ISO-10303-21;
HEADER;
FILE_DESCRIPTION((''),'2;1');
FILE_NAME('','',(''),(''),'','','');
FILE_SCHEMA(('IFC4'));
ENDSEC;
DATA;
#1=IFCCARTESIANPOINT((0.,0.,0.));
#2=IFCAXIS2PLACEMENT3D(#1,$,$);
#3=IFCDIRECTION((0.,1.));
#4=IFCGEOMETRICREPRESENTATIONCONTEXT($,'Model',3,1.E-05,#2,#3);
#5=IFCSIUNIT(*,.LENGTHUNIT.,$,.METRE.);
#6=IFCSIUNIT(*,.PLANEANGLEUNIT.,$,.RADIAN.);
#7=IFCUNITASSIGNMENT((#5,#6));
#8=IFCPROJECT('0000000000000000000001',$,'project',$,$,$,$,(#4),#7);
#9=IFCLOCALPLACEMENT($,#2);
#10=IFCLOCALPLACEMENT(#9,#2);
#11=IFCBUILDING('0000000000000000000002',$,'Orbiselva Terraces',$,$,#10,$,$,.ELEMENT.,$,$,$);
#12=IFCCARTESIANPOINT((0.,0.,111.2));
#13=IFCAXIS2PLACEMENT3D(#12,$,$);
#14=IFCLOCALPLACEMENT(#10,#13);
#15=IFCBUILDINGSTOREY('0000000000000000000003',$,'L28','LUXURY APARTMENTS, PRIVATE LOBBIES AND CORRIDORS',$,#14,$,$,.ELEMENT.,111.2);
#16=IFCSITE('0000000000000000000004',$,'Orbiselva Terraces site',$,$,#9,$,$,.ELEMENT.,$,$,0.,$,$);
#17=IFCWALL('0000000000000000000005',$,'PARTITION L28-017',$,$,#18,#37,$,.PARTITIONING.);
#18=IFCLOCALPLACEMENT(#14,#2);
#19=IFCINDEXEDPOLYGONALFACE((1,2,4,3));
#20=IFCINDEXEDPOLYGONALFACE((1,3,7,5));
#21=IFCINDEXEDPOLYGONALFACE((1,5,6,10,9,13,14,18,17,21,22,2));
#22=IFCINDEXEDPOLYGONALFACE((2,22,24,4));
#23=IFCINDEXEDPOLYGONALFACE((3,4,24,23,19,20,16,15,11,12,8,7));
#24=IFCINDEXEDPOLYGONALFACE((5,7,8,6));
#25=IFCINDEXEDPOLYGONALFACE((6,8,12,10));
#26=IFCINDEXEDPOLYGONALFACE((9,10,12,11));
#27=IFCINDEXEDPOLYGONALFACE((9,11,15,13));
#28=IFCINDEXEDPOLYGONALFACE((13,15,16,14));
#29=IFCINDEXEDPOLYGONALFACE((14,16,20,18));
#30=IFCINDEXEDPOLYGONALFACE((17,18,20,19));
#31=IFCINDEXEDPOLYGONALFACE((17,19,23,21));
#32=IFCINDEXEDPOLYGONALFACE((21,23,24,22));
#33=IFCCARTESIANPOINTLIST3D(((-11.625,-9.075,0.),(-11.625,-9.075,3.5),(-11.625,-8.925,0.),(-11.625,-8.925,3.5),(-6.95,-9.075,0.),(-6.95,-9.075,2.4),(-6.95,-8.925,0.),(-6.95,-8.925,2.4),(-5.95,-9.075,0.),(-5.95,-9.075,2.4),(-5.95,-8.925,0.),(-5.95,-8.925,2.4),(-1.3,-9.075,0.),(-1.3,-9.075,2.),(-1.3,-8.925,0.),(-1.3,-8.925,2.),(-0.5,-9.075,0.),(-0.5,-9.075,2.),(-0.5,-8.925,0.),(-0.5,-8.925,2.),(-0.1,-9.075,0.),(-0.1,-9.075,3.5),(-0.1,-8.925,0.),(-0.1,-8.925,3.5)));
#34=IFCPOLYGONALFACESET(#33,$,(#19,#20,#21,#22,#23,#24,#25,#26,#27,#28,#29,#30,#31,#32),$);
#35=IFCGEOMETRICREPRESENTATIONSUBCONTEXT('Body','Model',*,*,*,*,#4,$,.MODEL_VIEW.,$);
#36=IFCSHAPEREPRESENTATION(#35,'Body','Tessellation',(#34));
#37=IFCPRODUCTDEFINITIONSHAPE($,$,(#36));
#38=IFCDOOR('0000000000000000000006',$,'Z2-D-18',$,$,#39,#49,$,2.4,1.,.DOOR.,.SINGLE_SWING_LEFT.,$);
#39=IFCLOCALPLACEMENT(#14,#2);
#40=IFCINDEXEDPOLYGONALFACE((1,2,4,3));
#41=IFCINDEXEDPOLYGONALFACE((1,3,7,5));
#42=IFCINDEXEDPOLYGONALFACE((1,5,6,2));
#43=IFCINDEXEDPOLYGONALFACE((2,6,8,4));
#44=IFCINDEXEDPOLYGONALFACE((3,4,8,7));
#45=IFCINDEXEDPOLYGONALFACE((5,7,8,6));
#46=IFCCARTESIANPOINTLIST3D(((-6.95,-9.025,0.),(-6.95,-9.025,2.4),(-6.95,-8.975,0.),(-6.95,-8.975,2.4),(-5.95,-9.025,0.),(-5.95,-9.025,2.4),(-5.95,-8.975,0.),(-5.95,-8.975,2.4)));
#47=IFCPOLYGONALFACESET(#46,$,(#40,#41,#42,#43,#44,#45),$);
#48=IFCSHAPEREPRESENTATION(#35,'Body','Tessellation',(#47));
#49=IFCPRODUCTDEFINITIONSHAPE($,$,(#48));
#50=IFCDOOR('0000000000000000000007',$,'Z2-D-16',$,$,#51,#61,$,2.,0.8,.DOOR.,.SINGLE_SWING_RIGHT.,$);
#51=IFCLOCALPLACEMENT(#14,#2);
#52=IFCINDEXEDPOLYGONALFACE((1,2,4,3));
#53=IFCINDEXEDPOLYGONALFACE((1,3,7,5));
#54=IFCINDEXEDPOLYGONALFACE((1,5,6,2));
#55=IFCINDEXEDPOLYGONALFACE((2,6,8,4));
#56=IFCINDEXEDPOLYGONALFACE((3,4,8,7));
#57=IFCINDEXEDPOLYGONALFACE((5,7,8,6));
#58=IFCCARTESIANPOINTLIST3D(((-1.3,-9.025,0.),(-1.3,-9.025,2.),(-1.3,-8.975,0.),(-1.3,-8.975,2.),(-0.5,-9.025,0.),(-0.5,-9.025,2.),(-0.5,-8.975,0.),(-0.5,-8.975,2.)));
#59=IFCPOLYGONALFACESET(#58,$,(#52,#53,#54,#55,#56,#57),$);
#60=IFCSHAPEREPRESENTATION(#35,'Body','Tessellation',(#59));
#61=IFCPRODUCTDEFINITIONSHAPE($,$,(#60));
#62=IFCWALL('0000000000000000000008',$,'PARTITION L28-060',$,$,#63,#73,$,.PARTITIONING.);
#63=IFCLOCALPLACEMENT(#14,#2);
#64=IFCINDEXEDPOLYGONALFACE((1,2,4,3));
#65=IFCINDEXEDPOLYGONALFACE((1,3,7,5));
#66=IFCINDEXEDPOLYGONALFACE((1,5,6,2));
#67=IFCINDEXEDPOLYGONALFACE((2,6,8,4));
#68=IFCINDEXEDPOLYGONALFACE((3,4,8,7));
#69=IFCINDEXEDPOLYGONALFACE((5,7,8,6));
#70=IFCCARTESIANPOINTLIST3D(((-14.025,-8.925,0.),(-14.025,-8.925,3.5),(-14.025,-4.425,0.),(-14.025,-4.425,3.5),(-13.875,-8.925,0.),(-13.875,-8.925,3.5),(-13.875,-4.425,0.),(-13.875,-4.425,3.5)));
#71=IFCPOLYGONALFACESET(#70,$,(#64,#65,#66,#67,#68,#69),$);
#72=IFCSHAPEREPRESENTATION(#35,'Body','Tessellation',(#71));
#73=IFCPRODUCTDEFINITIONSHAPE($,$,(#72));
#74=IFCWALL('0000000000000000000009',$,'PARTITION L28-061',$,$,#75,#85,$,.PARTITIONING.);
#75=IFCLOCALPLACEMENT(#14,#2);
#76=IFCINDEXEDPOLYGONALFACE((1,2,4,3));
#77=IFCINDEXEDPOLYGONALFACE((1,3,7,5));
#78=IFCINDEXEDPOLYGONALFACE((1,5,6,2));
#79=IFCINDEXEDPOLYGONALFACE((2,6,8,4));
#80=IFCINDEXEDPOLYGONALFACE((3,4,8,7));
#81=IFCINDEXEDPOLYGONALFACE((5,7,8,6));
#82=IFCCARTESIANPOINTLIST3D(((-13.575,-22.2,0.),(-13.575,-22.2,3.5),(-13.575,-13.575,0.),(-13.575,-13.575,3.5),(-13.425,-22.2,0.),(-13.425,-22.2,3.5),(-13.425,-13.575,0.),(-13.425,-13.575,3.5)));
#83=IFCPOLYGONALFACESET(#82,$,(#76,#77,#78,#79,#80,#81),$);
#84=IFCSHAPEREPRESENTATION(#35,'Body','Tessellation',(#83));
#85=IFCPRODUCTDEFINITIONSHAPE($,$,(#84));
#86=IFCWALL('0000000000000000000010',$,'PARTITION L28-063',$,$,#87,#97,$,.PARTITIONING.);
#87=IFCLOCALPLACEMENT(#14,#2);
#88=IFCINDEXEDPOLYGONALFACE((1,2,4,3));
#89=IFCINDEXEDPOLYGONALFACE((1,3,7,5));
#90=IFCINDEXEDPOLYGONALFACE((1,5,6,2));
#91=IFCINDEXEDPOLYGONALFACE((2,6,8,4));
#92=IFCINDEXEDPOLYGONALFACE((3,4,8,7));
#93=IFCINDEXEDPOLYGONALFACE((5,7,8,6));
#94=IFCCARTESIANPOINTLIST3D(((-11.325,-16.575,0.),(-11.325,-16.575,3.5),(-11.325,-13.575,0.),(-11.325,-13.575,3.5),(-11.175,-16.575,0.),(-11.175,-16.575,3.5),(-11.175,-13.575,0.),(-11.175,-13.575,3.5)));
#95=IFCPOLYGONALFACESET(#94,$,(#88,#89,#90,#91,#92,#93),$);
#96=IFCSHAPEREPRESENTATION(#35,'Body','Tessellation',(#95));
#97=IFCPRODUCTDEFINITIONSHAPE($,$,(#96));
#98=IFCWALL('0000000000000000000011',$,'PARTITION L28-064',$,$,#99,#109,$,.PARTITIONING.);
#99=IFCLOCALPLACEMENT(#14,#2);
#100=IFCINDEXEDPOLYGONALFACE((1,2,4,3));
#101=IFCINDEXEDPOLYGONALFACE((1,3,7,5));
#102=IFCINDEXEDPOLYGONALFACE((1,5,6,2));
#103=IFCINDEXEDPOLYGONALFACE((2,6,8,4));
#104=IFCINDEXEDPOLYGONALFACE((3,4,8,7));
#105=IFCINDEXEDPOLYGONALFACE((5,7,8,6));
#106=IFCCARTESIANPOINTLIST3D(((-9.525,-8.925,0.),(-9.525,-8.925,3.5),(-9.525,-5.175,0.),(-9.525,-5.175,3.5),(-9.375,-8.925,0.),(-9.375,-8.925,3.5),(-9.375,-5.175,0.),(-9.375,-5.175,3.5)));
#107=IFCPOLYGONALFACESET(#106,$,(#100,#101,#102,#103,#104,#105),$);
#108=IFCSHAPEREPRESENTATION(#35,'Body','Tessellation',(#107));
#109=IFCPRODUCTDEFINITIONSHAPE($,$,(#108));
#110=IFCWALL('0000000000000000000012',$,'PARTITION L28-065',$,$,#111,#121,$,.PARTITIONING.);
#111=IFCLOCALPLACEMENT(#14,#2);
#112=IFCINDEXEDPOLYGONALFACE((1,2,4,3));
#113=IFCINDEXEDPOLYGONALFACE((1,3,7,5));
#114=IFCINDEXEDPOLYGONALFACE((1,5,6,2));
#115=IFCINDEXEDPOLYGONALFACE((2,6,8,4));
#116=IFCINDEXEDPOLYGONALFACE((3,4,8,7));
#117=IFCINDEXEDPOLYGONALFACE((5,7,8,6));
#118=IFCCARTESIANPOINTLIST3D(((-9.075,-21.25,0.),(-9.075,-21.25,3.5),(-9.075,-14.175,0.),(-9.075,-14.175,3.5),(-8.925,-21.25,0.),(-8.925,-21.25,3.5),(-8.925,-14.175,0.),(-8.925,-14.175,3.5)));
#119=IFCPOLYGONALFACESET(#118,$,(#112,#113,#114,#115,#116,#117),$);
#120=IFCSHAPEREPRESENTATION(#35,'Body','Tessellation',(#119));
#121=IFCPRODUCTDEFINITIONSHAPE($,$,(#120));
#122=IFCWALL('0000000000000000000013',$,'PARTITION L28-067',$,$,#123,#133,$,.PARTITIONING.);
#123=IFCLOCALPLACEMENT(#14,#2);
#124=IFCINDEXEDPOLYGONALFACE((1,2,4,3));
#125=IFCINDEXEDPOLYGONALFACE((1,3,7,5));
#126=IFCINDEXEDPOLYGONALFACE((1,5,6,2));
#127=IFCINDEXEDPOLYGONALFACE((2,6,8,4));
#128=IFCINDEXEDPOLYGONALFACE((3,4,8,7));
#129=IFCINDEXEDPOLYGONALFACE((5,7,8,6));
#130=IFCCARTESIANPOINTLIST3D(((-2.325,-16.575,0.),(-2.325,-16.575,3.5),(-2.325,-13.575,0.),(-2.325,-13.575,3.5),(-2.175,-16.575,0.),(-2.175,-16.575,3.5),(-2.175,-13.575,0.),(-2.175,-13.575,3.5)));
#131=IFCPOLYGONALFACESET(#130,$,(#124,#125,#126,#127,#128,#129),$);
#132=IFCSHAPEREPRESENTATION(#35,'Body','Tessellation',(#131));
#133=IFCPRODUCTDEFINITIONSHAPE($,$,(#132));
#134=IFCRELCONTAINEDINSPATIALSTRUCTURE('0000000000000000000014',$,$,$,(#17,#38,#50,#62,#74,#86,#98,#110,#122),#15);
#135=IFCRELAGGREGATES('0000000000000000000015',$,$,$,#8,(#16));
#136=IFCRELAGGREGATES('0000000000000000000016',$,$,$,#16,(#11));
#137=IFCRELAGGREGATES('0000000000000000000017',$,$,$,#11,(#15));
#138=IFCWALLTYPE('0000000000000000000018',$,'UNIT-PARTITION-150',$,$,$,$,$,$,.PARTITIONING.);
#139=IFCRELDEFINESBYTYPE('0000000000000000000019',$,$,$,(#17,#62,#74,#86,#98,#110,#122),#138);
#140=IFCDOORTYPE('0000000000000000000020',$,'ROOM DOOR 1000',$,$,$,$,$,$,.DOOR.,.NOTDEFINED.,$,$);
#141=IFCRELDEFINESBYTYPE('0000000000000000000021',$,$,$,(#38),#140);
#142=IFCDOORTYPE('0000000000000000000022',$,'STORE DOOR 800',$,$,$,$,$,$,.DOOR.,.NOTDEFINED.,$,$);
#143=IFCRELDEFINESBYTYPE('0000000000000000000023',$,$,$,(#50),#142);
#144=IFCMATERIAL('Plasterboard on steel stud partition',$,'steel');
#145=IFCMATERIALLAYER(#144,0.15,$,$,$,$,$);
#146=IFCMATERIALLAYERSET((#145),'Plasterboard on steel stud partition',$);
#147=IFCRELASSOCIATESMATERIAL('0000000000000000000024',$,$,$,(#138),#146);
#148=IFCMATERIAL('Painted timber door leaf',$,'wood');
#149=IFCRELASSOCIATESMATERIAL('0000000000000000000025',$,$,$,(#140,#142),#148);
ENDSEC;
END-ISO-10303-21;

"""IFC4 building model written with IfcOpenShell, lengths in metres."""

from ifc_helpers import new_model, si_unit, direction, frame, frame_2d, origin, place, context, subcontext, project, spatial, rectangle, extrude, material, layer, layer_set, type_object, element, fill, save


model = new_model("IFC4")

# Units and contexts
model_context = context("Model", 3, precision=1e-05, world=origin(), true_north=direction((0.0, 1.0)))
body_context = subcontext(model_context, "Body", "Model", "MODEL_VIEW")
ifc_project = project(units=[si_unit("LENGTHUNIT", "METRE"), si_unit("PLANEANGLEUNIT", "RADIAN")], contexts=[model_context])

# Site, building, storey
site_placement = place(None, origin())
site = spatial("IfcSite", under=ifc_project, at=site_placement, Name="Orbiselva Terraces site", CompositionType="ELEMENT", RefElevation=0.0)
building_placement = place(site_placement, origin())
building = spatial("IfcBuilding", under=site, at=building_placement, Name="Orbiselva Terraces", CompositionType="ELEMENT")
storey_placement = place(building_placement, frame((0.0, 0.0, 111.2)))
storey = spatial("IfcBuildingStorey", under=building, at=storey_placement, Name="L28", Description="LUXURY APARTMENTS, PRIVATE LOBBIES AND CORRIDORS", CompositionType="ELEMENT", Elevation=111.2)

# Shared definitions
ifc_material_1 = material(Name="Plasterboard on steel stud partition", Category="steel")
ifc_layer_1 = layer(ifc_material_1, 0.15)
ifc_layer_set_1 = layer_set([ifc_layer_1], Name="Plasterboard on steel stud partition")
wall_type_1 = type_object("IfcWallType", Name="UNIT-PARTITION-150", PredefinedType="PARTITIONING", material=ifc_layer_set_1)
ifc_material_2 = material(Name="Painted timber door leaf", Category="wood")

# Shared definitions
door_type_1 = type_object("IfcDoorType", Name="ROOM DOOR 1000", OperationType="NOTDEFINED", PredefinedType="DOOR", material=ifc_material_2)

# Wall, openings, doors
wall_1_placement = place(storey_placement, frame((-11.625, -9.0, 0.0), z_axis=(0.0, 0.0, 1.0), x_axis=(1.0, 0.0, 0.0)))
wall_1 = element("IfcWall", 1, at=wall_1_placement, inside=storey, type_object=wall_type_1, Name="PARTITION L28-017", PredefinedType="PARTITIONING", context=body_context, shape_type="SweptSolid", body=[
    extrude(rectangle(XDim=11.525, YDim=0.15, at=frame_2d((5.7625, 0.0))), origin(), (0.0, 0.0, 1.0), 3.5),
])
opening_1_placement = place(wall_1_placement, frame((10.325, 0.0, 0.0)))
opening_1 = element("IfcOpeningElement", 2, at=opening_1_placement, cuts=wall_1, PredefinedType="OPENING", context=body_context, shape_type="SweptSolid", body=[
    extrude(rectangle(XDim=0.8, YDim=2.0, at=frame_2d((0.4, 1.0))), frame((0.0, 0.085, 0.0), z_axis=(0.0, -1.0, 0.0), x_axis=(1.0, 0.0, 0.0)), (0.0, 0.0, 1.0), 0.17),
])
opening_2_placement = place(wall_1_placement, frame((4.675, 0.0, 0.0)))
opening_2 = element("IfcOpeningElement", 3, at=opening_2_placement, cuts=wall_1, PredefinedType="OPENING", context=body_context, shape_type="SweptSolid", body=[
    extrude(rectangle(XDim=1.0, YDim=2.4, at=frame_2d((0.5, 1.2))), frame((0.0, 0.085, 0.0), z_axis=(0.0, -1.0, 0.0), x_axis=(1.0, 0.0, 0.0)), (0.0, 0.0, 1.0), 0.17),
])
door_1_placement = place(opening_2_placement, origin())
door_1 = element("IfcDoor", 4, at=door_1_placement, inside=storey, type_object=door_type_1, Name="Z2-D-18", OperationType="SINGLE_SWING_LEFT", OverallHeight=2.4, OverallWidth=1.0, PredefinedType="DOOR", context=body_context, shape_type="SweptSolid", body=[
    extrude(rectangle(XDim=1.0, YDim=2.4, at=frame_2d((0.5, 1.2))), frame((0.0, 0.025, 0.0), z_axis=(0.0, -1.0, 0.0), x_axis=(1.0, 0.0, 0.0)), (0.0, 0.0, 1.0), 0.05),
])
fill(opening_2, door_1)
door_type_2 = type_object("IfcDoorType", Name="STORE DOOR 800", OperationType="NOTDEFINED", PredefinedType="DOOR", material=ifc_material_2)
door_2_placement = place(opening_1_placement, origin())
door_2 = element("IfcDoor", 5, at=door_2_placement, inside=storey, type_object=door_type_2, Name="Z2-D-16", OperationType="SINGLE_SWING_RIGHT", OverallHeight=2.0, OverallWidth=0.8, PredefinedType="DOOR", context=body_context, shape_type="SweptSolid", body=[
    extrude(rectangle(XDim=0.8, YDim=2.0, at=frame_2d((0.4, 1.0))), frame((0.0, 0.025, 0.0), z_axis=(0.0, -1.0, 0.0), x_axis=(1.0, 0.0, 0.0)), (0.0, 0.0, 1.0), 0.05),
])
fill(opening_1, door_2)

# Walls
wall_2_placement = place(storey_placement, frame((-13.95, -8.925, 0.0), z_axis=(0.0, 0.0, 1.0), x_axis=(0.0, 1.0, 0.0)))
element("IfcWall", 6, at=wall_2_placement, inside=storey, type_object=wall_type_1, Name="PARTITION L28-060", PredefinedType="PARTITIONING", context=body_context, shape_type="SweptSolid", body=[
    extrude(rectangle(XDim=4.5, YDim=0.15, at=frame_2d((2.25, 0.0))), origin(), (0.0, 0.0, 1.0), 3.5),
])
wall_3_placement = place(storey_placement, frame((-13.5, -22.2, 0.0), z_axis=(0.0, 0.0, 1.0), x_axis=(0.0, 1.0, 0.0)))
element("IfcWall", 7, at=wall_3_placement, inside=storey, type_object=wall_type_1, Name="PARTITION L28-061", PredefinedType="PARTITIONING", context=body_context, shape_type="SweptSolid", body=[
    extrude(rectangle(XDim=8.625, YDim=0.15, at=frame_2d((4.3125, 0.0))), origin(), (0.0, 0.0, 1.0), 3.5),
])
wall_4_placement = place(storey_placement, frame((-11.25, -16.575, 0.0), z_axis=(0.0, 0.0, 1.0), x_axis=(0.0, 1.0, 0.0)))
element("IfcWall", 8, at=wall_4_placement, inside=storey, type_object=wall_type_1, Name="PARTITION L28-063", PredefinedType="PARTITIONING", context=body_context, shape_type="SweptSolid", body=[
    extrude(rectangle(XDim=3.0, YDim=0.15, at=frame_2d((1.5, 0.0))), origin(), (0.0, 0.0, 1.0), 3.5),
])
wall_5_placement = place(storey_placement, frame((-9.45, -8.925, 0.0), z_axis=(0.0, 0.0, 1.0), x_axis=(0.0, 1.0, 0.0)))
element("IfcWall", 9, at=wall_5_placement, inside=storey, type_object=wall_type_1, Name="PARTITION L28-064", PredefinedType="PARTITIONING", context=body_context, shape_type="SweptSolid", body=[
    extrude(rectangle(XDim=3.75, YDim=0.15, at=frame_2d((1.875, 0.0))), origin(), (0.0, 0.0, 1.0), 3.5),
])
wall_6_placement = place(storey_placement, frame((-9.0, -21.25, 0.0), z_axis=(0.0, 0.0, 1.0), x_axis=(0.0, 1.0, 0.0)))
element("IfcWall", 10, at=wall_6_placement, inside=storey, type_object=wall_type_1, Name="PARTITION L28-065", PredefinedType="PARTITIONING", context=body_context, shape_type="SweptSolid", body=[
    extrude(rectangle(XDim=7.075, YDim=0.15, at=frame_2d((3.5375, 0.0))), origin(), (0.0, 0.0, 1.0), 3.5),
])
wall_7_placement = place(storey_placement, frame((-2.25, -16.575, 0.0), z_axis=(0.0, 0.0, 1.0), x_axis=(0.0, 1.0, 0.0)))
element("IfcWall", 11, at=wall_7_placement, inside=storey, type_object=wall_type_1, Name="PARTITION L28-067", PredefinedType="PARTITIONING", context=body_context, shape_type="SweptSolid", body=[
    extrude(rectangle(XDim=3.0, YDim=0.15, at=frame_2d((1.5, 0.0))), origin(), (0.0, 0.0, 1.0), 3.5),
])

save(model, "model.ifc")
